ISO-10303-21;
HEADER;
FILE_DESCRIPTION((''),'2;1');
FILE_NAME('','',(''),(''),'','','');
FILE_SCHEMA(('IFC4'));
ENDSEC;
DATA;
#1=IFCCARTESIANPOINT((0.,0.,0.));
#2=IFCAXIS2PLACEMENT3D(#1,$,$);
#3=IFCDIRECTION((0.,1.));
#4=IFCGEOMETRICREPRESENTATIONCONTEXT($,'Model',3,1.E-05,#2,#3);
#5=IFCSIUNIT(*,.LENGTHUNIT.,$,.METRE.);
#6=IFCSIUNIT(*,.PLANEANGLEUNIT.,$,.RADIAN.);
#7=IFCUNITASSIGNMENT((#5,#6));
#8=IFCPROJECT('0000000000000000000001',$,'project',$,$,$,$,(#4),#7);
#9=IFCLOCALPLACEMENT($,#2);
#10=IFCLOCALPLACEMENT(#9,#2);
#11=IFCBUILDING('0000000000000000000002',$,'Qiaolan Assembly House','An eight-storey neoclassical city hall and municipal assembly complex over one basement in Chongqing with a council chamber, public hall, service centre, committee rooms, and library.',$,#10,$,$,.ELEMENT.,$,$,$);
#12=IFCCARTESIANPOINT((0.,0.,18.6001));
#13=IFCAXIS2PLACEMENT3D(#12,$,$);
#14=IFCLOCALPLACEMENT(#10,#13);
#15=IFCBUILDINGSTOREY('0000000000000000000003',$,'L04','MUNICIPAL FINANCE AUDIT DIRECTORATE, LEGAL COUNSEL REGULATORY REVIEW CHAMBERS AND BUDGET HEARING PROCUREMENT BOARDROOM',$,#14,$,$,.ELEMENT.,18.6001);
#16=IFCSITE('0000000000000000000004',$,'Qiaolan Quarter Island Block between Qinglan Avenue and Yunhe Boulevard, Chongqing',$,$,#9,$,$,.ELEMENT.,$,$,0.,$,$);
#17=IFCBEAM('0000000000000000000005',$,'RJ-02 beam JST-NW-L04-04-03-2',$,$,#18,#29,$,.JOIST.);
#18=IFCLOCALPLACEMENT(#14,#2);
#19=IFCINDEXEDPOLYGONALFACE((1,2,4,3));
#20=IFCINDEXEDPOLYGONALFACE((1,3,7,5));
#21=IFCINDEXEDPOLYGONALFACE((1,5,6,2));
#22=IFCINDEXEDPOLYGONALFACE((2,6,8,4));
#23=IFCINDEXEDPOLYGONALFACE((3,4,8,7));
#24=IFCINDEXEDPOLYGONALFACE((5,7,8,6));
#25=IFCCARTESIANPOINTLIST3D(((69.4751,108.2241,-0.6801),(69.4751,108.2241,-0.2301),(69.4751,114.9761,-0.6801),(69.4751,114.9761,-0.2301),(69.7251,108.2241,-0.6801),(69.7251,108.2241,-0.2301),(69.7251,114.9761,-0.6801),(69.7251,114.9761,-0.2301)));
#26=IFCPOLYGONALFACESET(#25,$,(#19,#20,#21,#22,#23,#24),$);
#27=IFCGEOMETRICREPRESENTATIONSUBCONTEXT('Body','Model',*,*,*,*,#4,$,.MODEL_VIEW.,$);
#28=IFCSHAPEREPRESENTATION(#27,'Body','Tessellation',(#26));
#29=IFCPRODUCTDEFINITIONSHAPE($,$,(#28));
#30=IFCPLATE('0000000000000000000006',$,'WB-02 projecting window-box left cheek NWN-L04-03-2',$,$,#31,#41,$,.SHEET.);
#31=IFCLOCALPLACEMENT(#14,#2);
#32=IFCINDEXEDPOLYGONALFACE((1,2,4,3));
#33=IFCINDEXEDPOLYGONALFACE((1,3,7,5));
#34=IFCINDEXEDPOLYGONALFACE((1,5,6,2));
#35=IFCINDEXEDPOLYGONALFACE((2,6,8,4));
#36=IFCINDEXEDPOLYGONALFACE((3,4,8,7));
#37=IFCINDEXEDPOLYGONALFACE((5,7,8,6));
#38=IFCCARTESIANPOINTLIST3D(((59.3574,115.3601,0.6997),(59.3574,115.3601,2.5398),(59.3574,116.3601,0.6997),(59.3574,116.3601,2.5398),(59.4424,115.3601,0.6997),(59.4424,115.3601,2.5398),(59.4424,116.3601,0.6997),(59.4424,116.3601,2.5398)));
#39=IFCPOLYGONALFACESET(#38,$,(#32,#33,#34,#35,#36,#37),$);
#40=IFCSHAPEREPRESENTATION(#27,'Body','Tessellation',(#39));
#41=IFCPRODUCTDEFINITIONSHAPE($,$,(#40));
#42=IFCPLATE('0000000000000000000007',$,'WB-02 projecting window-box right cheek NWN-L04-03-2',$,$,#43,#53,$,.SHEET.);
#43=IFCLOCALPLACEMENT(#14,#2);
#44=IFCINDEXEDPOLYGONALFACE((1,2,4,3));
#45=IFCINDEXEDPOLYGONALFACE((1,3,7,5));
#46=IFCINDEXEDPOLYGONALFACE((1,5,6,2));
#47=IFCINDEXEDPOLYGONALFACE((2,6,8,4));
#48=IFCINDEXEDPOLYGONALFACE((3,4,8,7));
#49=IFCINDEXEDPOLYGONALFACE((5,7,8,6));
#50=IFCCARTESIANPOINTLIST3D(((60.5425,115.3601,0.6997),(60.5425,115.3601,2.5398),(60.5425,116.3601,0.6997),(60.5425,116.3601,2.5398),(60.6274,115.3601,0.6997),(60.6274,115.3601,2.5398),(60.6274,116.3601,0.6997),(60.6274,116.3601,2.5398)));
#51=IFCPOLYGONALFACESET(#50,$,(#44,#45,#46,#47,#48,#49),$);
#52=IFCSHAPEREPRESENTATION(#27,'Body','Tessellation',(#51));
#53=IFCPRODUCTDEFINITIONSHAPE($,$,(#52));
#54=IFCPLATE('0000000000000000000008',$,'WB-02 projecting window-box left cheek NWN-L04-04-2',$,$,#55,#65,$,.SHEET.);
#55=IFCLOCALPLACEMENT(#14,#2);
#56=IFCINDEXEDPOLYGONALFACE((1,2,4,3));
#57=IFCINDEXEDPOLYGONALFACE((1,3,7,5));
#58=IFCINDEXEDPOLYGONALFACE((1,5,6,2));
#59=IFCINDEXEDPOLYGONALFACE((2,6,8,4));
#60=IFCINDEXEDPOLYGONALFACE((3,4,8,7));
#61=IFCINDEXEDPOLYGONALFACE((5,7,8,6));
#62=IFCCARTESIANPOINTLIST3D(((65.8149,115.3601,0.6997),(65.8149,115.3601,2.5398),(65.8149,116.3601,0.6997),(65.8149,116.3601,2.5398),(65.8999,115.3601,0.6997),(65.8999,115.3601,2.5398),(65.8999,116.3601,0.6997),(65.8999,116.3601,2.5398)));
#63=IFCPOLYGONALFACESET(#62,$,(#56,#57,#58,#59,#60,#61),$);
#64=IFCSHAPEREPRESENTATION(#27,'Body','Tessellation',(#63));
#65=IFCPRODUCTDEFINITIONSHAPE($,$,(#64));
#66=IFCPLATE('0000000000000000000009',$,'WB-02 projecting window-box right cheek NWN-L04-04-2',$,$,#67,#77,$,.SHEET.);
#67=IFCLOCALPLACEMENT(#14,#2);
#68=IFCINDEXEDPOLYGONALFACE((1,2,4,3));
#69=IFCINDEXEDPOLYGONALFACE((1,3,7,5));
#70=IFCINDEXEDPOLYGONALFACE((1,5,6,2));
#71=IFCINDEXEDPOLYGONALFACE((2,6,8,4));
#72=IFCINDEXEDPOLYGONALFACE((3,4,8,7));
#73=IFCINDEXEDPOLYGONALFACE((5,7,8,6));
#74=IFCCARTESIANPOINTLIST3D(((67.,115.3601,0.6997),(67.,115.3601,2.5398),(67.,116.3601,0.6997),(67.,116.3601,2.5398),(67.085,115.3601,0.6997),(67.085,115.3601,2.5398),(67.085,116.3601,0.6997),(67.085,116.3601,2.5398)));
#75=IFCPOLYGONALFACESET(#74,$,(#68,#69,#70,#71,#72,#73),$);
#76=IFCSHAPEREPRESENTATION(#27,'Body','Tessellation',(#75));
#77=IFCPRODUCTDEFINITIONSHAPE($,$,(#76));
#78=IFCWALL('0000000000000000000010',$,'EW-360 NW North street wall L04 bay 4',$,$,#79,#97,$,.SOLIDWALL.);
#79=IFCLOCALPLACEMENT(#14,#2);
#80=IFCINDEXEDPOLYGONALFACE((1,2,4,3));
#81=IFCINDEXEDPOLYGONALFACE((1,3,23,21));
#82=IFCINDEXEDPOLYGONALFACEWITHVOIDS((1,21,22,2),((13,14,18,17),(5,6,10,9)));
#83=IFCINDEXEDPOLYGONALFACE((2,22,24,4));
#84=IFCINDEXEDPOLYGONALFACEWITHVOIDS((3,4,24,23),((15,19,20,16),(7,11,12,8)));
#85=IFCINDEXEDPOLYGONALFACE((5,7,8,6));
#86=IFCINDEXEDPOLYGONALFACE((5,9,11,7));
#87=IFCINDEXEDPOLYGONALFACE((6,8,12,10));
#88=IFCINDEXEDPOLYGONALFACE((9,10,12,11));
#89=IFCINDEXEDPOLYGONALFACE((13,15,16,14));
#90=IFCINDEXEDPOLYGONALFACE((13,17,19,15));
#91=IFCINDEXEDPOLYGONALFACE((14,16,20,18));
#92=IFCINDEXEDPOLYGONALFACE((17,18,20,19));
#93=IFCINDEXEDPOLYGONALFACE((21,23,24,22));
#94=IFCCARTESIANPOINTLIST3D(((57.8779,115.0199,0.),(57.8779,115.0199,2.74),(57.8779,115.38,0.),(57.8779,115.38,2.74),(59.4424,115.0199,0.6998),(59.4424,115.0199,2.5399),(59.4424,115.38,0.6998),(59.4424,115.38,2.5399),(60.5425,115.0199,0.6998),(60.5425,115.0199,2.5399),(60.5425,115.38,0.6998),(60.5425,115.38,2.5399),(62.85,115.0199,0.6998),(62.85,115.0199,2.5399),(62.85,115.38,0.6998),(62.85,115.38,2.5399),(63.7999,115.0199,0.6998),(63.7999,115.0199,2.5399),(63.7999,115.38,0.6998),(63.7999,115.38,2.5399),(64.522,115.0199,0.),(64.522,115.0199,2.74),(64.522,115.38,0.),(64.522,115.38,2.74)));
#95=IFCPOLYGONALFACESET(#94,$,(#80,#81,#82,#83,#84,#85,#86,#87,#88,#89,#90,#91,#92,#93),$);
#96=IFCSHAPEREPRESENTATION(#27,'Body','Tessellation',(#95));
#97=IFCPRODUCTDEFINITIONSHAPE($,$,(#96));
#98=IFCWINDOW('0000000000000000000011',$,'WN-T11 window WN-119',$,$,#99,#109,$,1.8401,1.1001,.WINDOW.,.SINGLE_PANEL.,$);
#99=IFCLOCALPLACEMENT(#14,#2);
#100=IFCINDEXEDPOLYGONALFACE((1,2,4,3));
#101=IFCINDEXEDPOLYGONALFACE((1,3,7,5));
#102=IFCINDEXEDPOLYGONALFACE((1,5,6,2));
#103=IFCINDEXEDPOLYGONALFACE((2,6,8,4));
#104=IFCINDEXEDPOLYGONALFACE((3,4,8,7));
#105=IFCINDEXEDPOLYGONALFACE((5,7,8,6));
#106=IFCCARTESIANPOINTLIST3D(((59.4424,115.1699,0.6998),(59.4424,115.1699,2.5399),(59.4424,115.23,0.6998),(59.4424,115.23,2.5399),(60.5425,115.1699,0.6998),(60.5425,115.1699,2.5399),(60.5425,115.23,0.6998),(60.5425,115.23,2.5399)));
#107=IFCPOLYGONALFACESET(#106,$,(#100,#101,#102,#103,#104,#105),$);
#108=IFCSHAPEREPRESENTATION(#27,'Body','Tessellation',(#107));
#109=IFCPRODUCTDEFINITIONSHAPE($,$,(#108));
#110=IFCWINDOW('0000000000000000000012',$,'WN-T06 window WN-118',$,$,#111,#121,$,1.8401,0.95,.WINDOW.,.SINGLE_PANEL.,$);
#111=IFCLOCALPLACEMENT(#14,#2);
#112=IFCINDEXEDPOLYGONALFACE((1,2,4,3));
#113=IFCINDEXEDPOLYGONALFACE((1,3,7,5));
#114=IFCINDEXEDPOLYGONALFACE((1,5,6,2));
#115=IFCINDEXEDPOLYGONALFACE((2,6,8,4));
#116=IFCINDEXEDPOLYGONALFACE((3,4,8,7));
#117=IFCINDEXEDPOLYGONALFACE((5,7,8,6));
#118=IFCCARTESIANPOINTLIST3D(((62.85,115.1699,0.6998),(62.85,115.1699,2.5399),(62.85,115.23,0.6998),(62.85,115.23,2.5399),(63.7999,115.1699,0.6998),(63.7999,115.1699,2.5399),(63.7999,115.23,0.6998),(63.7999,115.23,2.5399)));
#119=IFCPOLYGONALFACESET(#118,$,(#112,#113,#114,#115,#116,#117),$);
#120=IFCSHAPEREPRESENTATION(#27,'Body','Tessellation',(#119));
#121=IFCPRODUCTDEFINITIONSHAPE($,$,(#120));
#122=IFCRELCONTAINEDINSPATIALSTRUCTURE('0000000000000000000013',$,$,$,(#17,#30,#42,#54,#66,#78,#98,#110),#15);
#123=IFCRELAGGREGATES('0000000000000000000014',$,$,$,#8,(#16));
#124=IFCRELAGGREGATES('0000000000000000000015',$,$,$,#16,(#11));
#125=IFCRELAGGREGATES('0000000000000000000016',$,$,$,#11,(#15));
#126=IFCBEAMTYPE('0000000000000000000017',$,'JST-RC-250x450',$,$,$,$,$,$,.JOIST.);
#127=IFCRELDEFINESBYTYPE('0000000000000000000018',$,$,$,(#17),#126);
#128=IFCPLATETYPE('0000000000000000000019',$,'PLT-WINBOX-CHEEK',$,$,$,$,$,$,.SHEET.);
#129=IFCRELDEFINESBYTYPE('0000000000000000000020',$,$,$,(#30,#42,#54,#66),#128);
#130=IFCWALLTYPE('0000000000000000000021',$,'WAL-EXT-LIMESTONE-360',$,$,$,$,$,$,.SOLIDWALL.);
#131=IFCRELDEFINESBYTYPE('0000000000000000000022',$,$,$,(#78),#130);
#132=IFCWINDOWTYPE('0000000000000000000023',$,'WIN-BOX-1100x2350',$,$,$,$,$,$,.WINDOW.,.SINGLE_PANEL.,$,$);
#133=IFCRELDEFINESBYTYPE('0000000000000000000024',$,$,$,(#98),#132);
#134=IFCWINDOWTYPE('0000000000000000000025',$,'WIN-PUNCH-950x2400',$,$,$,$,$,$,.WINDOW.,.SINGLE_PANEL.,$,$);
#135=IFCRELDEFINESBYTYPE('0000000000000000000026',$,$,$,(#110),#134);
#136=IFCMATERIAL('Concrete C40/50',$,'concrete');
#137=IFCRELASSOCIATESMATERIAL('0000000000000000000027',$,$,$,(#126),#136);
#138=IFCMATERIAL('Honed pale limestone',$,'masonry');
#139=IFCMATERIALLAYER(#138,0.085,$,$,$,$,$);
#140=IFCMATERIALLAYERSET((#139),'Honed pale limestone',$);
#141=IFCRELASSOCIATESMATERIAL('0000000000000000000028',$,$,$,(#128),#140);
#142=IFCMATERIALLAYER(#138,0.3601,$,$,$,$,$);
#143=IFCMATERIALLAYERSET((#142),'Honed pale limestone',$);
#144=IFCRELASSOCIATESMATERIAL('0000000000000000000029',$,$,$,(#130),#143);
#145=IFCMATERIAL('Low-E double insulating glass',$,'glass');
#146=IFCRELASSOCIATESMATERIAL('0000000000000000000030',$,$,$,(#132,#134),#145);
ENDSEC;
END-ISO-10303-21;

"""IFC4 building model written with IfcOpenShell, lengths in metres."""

from ifc_helpers import new_model, si_unit, direction, frame, frame_2d, origin, origin_2d, place, context, subcontext, project, spatial, rectangle, extrude, material, layer, layer_set, material_profile, profile_set, type_object, element, fill, save


model = new_model("IFC4")

# Units and contexts
model_context = context("Model", 3, precision=1e-05, world=origin(), true_north=direction((0.0, 1.0)))
body_context = subcontext(model_context, "Body", "Model", "MODEL_VIEW")
ifc_project = project(units=[si_unit("LENGTHUNIT", "METRE"), si_unit("PLANEANGLEUNIT", "RADIAN")], contexts=[model_context])

# Site, building, storey
site_placement = place(None, origin())
site = spatial("IfcSite", under=ifc_project, at=site_placement, Name="Qiaolan Quarter Island Block between Qinglan Avenue and Yunhe Boulevard, Chongqing", CompositionType="ELEMENT", RefElevation=0.0)
building_placement = place(site_placement, origin())
building = spatial("IfcBuilding", under=site, at=building_placement, Name="Qiaolan Assembly House", Description="An eight-storey neoclassical city hall and municipal assembly complex over one basement in Chongqing with a council chamber, public hall, service centre, committee rooms, and library.", CompositionType="ELEMENT")
storey_placement = place(building_placement, frame((0.0, 0.0, 18.6001)))
storey = spatial("IfcBuildingStorey", under=building, at=storey_placement, Name="L04", Description="MUNICIPAL FINANCE AUDIT DIRECTORATE, LEGAL COUNSEL REGULATORY REVIEW CHAMBERS AND BUDGET HEARING PROCUREMENT BOARDROOM", CompositionType="ELEMENT", Elevation=18.6001)

# Shared definitions
ifc_material_1 = material(Name="Concrete C40/50", Category="concrete")

# Beam
ifc_material_profile_1 = material_profile(ifc_material_1, rectangle(XDim=0.25, YDim=0.45, at=origin_2d()), Name="RCB 250x450")
ifc_profile_set_1 = profile_set([ifc_material_profile_1], Name="Concrete C40/50")
beam_type_1 = type_object("IfcBeamType", Name="JST-RC-250x450", PredefinedType="JOIST", material=ifc_profile_set_1)
for number, where, z_axis, x_axis, name in (
    (1, (69.6001, 108.2241, -0.4551), (0.0, 1.0, 0.0), (-1.0, 0.0, 0.0), "RJ-02 beam JST-NW-L04-04-03-2"),
):
    element("IfcBeam", number, at=place(storey_placement, frame(where, z_axis=z_axis, x_axis=x_axis)), inside=storey, type_object=beam_type_1, Name=name, PredefinedType="JOIST", context=body_context, shape_type="SweptSolid", body=[
        extrude(rectangle(XDim=0.25, YDim=0.45, at=origin_2d()), origin(), (0.0, 0.0, 1.0), 6.752),
    ])

# Plates
ifc_material_2 = material(Name="Honed pale limestone", Category="masonry")
ifc_layer_1 = layer(ifc_material_2, 0.085)
ifc_layer_set_1 = layer_set([ifc_layer_1], Name="Honed pale limestone")
plate_type = type_object("IfcPlateType", Name="PLT-WINBOX-CHEEK", PredefinedType="SHEET", material=ifc_layer_set_1)
for number, where, z_axis, x_axis, name in (
    (2, (59.3999, 115.8601, 0.6997), (0.0, 0.0, 1.0), (1.0, 0.0, 0.0), "WB-02 projecting window-box left cheek NWN-L04-03-2"),
    (3, (60.585, 115.8601, 0.6997), (0.0, 0.0, 1.0), (1.0, 0.0, 0.0), "WB-02 projecting window-box right cheek NWN-L04-03-2"),
    (4, (65.8574, 115.8601, 0.6997), (0.0, 0.0, 1.0), (1.0, 0.0, 0.0), "WB-02 projecting window-box left cheek NWN-L04-04-2"),
    (5, (67.0425, 115.8601, 0.6997), (0.0, 0.0, 1.0), (1.0, 0.0, 0.0), "WB-02 projecting window-box right cheek NWN-L04-04-2"),
):
    element("IfcPlate", number, at=place(storey_placement, frame(where, z_axis=z_axis, x_axis=x_axis)), inside=storey, type_object=plate_type, Name=name, PredefinedType="SHEET", context=body_context, shape_type="SweptSolid", body=[
        extrude(rectangle(XDim=0.085, YDim=1.0, at=origin_2d()), origin(), (0.0, 0.0, 1.0), 1.8401),
    ])

# Wall, openings, windows
ifc_layer_2 = layer(ifc_material_2, 0.3601)
ifc_layer_set_2 = layer_set([ifc_layer_2], Name="Honed pale limestone")
wall_type = type_object("IfcWallType", Name="WAL-EXT-LIMESTONE-360", PredefinedType="SOLIDWALL", material=ifc_layer_set_2)
wall_placement = place(storey_placement, frame((64.522, 115.2, 0.0), z_axis=(0.0, 0.0, 1.0), x_axis=(-1.0, 0.0, 0.0)))
wall = element("IfcWall", 6, at=wall_placement, inside=storey, type_object=wall_type, Name="EW-360 NW North street wall L04 bay 4", PredefinedType="SOLIDWALL", context=body_context, shape_type="SweptSolid", body=[
    extrude(rectangle(XDim=6.644, YDim=0.3601, at=frame_2d((3.322, 0.0))), origin(), (0.0, 0.0, 1.0), 2.74),
])
opening_1_placement = place(wall_placement, frame((0.7219, 0.0, 0.7)))
opening_1 = element("IfcOpeningElement", 7, at=opening_1_placement, cuts=wall, PredefinedType="OPENING", context=body_context, shape_type="SweptSolid", body=[
    extrude(rectangle(XDim=0.95, YDim=1.8401, at=frame_2d((0.4751, 0.9199))), frame((0.0, 0.1899, 0.0), z_axis=(0.0, -1.0, 0.0), x_axis=(1.0, 0.0, 0.0)), (0.0, 0.0, 1.0), 0.3801),
])
opening_2_placement = place(wall_placement, frame((3.9795, 0.0, 0.7)))
opening_2 = element("IfcOpeningElement", 8, at=opening_2_placement, cuts=wall, PredefinedType="OPENING", context=body_context, shape_type="SweptSolid", body=[
    extrude(rectangle(XDim=1.1001, YDim=1.8401, at=frame_2d((0.55, 0.9199))), frame((0.0, 0.1899, 0.0), z_axis=(0.0, -1.0, 0.0), x_axis=(1.0, 0.0, 0.0)), (0.0, 0.0, 1.0), 0.3801),
])
ifc_material_3 = material(Name="Low-E double insulating glass", Category="glass")
window_type_1 = type_object("IfcWindowType", Name="WIN-BOX-1100x2350", PartitioningType="SINGLE_PANEL", PredefinedType="WINDOW", material=ifc_material_3)
window_1_placement = place(opening_2_placement, origin())
window_1 = element("IfcWindow", 9, at=window_1_placement, inside=storey, type_object=window_type_1, Name="WN-T11 window WN-119", OverallHeight=1.8401, OverallWidth=1.1001, PartitioningType="SINGLE_PANEL", PredefinedType="WINDOW", context=body_context, shape_type="SweptSolid", body=[
    extrude(rectangle(XDim=1.1001, YDim=1.8401, at=frame_2d((0.55, 0.9199))), frame((0.0, 0.03, 0.0), z_axis=(0.0, -1.0, 0.0), x_axis=(1.0, 0.0, 0.0)), (0.0, 0.0, 1.0), 0.0601),
])
fill(opening_2, window_1)
window_type_2 = type_object("IfcWindowType", Name="WIN-PUNCH-950x2400", PartitioningType="SINGLE_PANEL", PredefinedType="WINDOW", material=ifc_material_3)
window_2_placement = place(opening_1_placement, origin())
window_2 = element("IfcWindow", 10, at=window_2_placement, inside=storey, type_object=window_type_2, Name="WN-T06 window WN-118", OverallHeight=1.8401, OverallWidth=0.95, PartitioningType="SINGLE_PANEL", PredefinedType="WINDOW", context=body_context, shape_type="SweptSolid", body=[
    extrude(rectangle(XDim=0.95, YDim=1.8401, at=frame_2d((0.4751, 0.9199))), frame((0.0, 0.03, 0.0), z_axis=(0.0, -1.0, 0.0), x_axis=(1.0, 0.0, 0.0)), (0.0, 0.0, 1.0), 0.0601),
])
fill(opening_1, window_2)

save(model, "model.ifc")
